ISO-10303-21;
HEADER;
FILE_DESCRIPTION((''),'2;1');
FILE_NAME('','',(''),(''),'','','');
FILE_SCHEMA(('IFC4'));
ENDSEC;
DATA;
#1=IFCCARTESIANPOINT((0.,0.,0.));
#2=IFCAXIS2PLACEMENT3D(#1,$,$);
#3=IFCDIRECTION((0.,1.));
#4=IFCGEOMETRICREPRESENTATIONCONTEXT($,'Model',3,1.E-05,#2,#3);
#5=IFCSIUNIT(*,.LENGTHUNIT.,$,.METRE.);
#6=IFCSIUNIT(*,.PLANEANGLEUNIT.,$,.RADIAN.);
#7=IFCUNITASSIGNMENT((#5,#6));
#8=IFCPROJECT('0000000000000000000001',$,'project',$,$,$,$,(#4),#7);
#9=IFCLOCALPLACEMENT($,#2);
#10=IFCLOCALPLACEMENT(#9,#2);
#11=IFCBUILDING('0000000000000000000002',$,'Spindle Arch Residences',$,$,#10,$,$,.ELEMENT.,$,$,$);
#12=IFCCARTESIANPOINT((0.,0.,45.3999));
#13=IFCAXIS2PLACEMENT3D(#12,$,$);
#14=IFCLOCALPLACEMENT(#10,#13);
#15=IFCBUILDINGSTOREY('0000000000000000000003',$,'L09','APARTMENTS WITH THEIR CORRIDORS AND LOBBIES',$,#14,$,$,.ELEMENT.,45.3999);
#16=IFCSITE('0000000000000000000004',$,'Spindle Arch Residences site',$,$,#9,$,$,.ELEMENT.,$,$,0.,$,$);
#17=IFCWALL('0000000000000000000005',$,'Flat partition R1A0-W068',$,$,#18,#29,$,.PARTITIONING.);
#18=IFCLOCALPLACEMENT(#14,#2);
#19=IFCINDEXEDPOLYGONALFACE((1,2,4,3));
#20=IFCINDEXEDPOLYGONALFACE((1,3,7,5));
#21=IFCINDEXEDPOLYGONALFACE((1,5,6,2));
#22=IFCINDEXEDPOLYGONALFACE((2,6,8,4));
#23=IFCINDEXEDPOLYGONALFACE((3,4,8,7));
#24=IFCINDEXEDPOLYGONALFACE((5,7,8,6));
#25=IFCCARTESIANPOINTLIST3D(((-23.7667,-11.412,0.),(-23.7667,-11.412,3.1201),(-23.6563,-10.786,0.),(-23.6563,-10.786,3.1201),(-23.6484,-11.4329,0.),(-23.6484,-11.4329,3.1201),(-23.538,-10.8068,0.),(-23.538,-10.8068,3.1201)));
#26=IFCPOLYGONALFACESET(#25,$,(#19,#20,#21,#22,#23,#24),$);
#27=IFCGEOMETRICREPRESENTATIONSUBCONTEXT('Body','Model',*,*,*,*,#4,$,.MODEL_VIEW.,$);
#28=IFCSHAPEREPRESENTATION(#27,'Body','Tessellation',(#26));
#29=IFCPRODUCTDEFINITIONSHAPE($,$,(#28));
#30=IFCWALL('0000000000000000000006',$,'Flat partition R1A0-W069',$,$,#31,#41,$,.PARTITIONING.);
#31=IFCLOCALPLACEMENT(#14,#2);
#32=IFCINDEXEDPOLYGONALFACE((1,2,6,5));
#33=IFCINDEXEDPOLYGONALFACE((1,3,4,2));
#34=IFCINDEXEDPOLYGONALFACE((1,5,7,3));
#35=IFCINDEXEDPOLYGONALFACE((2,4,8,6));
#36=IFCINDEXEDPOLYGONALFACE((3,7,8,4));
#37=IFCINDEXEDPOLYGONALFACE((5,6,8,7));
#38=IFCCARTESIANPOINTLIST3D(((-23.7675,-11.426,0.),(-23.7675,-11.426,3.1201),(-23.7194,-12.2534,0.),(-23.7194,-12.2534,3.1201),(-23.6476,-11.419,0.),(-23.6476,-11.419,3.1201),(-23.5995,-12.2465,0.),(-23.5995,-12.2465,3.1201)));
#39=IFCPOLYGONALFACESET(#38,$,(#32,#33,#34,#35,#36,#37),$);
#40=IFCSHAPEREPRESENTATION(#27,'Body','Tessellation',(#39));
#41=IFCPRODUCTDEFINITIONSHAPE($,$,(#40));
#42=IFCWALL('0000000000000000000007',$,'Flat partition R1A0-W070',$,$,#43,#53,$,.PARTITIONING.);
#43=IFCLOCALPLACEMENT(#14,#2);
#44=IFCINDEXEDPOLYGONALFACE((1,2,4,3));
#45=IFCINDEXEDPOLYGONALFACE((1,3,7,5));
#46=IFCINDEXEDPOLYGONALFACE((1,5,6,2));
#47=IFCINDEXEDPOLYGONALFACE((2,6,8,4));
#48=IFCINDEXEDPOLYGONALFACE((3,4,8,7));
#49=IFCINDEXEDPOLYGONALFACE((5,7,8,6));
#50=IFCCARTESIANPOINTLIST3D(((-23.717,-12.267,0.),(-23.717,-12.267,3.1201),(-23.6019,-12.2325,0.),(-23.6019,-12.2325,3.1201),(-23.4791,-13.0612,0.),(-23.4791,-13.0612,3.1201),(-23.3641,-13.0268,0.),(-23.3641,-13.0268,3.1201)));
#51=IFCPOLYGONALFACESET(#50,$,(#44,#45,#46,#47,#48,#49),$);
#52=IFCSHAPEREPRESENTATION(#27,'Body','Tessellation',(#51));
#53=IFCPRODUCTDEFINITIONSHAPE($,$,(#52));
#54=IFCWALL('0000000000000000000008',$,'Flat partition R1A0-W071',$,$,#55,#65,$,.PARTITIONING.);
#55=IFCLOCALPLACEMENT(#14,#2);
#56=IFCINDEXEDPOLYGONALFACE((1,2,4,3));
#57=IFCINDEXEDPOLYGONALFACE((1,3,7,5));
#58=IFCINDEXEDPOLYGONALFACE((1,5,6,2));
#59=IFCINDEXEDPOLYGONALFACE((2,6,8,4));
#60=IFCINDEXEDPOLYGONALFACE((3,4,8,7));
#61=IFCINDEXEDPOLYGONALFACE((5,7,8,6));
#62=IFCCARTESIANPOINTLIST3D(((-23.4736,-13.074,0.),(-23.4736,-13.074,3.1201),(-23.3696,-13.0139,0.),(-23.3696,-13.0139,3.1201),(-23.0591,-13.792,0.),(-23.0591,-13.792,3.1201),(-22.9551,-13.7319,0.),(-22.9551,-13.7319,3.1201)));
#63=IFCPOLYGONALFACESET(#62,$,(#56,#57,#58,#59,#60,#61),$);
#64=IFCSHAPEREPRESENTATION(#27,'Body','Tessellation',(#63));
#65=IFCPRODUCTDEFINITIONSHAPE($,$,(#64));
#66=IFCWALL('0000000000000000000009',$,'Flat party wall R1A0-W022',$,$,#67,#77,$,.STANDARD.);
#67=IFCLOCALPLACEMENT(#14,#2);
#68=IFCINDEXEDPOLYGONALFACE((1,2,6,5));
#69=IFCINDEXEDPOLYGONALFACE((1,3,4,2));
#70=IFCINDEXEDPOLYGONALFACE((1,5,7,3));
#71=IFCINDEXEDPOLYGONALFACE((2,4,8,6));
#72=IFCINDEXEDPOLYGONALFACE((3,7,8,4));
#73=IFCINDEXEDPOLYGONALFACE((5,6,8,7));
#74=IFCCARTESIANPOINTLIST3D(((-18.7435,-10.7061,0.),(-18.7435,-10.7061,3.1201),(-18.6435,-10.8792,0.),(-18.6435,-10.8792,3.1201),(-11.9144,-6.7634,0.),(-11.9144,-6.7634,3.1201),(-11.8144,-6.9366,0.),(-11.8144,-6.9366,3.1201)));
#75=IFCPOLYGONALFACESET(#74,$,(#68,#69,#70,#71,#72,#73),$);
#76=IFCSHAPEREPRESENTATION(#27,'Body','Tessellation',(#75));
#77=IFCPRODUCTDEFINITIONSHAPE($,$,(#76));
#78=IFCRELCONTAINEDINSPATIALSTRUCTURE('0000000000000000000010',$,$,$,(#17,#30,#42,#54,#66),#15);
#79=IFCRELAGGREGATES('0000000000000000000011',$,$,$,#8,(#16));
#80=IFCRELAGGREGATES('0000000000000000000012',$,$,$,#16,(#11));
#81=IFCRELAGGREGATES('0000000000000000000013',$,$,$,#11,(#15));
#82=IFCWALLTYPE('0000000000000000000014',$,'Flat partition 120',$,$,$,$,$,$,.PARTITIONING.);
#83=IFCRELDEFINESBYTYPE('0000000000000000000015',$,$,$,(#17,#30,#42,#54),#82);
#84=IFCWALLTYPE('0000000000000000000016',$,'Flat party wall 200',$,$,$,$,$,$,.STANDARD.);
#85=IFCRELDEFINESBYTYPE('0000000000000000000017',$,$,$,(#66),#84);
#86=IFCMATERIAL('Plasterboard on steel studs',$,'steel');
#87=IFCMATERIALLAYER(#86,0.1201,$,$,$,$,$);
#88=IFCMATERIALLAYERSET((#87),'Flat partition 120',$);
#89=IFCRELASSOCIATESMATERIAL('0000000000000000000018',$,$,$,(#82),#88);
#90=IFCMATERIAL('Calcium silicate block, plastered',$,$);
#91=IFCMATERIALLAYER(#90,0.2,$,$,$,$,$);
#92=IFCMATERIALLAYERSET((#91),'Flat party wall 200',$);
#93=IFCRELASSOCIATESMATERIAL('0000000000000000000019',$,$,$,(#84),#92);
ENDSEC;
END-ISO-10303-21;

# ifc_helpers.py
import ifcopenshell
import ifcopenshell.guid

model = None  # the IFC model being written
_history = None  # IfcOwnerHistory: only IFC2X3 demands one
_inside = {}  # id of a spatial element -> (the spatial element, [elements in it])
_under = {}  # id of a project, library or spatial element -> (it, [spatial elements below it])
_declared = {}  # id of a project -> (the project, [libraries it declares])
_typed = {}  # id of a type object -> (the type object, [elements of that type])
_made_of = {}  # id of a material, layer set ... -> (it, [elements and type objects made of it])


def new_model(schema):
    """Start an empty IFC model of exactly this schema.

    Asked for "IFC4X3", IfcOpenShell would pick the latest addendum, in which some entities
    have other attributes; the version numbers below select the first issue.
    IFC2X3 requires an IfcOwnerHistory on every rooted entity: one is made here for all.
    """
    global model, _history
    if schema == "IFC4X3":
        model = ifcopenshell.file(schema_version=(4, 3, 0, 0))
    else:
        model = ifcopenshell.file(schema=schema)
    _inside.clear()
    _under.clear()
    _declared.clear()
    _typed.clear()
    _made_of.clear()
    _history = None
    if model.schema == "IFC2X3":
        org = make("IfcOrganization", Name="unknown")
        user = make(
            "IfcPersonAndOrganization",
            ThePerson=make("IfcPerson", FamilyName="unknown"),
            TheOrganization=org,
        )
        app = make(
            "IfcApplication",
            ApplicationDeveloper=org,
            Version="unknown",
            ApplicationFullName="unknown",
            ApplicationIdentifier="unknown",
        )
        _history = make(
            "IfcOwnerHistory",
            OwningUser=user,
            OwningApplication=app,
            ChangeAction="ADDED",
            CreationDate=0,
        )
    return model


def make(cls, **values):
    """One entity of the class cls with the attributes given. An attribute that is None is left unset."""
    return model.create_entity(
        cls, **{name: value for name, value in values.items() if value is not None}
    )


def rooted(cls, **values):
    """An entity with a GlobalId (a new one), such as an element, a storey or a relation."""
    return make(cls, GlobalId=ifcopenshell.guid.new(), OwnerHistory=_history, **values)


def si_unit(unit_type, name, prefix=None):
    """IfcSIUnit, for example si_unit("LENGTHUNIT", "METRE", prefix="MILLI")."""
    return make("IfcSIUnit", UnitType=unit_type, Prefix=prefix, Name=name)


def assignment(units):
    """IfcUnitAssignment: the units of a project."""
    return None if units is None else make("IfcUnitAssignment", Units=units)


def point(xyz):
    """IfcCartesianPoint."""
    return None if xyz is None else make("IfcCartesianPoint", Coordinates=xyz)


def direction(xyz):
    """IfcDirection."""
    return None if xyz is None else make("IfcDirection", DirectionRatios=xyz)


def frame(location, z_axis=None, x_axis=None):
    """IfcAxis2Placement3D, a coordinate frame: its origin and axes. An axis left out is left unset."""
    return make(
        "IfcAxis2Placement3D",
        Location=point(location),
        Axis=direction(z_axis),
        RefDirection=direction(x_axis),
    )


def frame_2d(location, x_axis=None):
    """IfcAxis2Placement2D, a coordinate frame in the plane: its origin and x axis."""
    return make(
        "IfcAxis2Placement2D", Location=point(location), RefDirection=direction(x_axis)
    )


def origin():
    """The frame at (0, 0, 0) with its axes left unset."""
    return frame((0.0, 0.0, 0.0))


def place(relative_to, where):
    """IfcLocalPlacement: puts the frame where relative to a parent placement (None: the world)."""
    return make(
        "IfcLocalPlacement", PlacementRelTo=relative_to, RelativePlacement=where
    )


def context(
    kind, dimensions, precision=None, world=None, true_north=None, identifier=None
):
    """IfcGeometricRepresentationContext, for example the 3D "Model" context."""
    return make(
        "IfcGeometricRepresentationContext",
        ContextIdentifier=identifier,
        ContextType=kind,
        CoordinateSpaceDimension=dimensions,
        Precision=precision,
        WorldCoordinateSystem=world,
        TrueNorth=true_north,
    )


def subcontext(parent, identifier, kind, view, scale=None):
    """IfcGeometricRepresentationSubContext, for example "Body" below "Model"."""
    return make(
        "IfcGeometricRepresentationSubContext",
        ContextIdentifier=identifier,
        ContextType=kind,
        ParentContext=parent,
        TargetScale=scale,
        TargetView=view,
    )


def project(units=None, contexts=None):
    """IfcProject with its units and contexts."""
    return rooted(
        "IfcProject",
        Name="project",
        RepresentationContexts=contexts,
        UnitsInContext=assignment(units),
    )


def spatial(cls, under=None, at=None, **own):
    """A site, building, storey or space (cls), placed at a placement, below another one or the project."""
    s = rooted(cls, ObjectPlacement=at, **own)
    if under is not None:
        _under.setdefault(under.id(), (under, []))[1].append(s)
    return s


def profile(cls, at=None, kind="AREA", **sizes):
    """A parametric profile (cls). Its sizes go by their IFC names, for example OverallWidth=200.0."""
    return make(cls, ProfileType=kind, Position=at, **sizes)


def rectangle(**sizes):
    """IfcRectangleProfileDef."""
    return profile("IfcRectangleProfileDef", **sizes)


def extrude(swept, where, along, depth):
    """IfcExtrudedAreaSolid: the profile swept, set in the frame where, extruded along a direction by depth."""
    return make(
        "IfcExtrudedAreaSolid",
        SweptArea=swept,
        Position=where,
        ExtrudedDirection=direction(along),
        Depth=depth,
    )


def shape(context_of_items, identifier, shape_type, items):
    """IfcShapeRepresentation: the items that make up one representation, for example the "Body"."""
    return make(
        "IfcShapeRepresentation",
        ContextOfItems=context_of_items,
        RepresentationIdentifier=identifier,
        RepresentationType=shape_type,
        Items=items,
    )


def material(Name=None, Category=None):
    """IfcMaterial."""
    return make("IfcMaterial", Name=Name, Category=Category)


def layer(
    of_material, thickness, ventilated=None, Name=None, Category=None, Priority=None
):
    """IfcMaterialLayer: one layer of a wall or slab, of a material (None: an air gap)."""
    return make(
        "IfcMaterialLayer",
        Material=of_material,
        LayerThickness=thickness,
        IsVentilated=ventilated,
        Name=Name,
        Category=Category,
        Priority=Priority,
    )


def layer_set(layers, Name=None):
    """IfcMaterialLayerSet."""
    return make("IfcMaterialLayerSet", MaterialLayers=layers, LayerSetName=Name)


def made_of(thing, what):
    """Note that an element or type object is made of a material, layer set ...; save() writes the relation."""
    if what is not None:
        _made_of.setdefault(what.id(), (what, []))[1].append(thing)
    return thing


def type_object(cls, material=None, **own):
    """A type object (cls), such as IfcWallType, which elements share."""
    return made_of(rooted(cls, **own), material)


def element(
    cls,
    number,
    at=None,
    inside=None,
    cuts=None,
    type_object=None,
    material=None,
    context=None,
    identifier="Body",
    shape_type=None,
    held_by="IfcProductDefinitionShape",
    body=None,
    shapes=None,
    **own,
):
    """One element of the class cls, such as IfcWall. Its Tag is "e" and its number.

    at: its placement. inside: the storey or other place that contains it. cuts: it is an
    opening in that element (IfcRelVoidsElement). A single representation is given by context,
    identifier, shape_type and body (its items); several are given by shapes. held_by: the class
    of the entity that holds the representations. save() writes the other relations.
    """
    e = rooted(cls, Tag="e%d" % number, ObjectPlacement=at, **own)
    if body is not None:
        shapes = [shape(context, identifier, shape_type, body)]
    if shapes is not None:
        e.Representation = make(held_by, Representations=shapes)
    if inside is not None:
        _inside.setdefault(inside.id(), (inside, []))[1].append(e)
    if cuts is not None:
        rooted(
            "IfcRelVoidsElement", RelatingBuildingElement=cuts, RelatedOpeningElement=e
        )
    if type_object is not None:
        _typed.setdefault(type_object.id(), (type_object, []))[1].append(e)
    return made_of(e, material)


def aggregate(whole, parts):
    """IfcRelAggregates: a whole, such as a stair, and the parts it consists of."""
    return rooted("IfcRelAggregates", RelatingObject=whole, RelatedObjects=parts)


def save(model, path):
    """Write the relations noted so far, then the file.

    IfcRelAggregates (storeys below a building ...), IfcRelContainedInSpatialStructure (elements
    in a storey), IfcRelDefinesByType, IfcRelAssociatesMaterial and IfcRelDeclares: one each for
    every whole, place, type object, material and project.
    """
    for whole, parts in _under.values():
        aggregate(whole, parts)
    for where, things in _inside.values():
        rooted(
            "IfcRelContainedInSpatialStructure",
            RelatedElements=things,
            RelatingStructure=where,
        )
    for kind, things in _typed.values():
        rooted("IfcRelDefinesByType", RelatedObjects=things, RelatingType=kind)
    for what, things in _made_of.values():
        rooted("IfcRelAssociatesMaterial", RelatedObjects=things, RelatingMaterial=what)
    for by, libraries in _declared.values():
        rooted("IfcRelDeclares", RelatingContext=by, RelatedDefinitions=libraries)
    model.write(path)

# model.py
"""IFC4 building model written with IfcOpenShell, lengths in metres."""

from ifc_helpers import new_model, si_unit, direction, frame, frame_2d, origin, place, context, subcontext, project, spatial, rectangle, extrude, material, layer, layer_set, type_object, element, save


model = new_model("IFC4")

# Units and contexts
model_context = context("Model", 3, precision=1e-05, world=origin(), true_north=direction((0.0, 1.0)))
body_context = subcontext(model_context, "Body", "Model", "MODEL_VIEW")
ifc_project = project(units=[si_unit("LENGTHUNIT", "METRE"), si_unit("PLANEANGLEUNIT", "RADIAN")], contexts=[model_context])

# Site, building, storey
site_placement = place(None, origin())
site = spatial("IfcSite", under=ifc_project, at=site_placement, Name="Spindle Arch Residences site", CompositionType="ELEMENT", RefElevation=0.0)
building_placement = place(site_placement, origin())
building = spatial("IfcBuilding", under=site, at=building_placement, Name="Spindle Arch Residences", CompositionType="ELEMENT")
storey_placement = place(building_placement, frame((0.0, 0.0, 45.3999)))
storey = spatial("IfcBuildingStorey", under=building, at=storey_placement, Name="L09", Description="APARTMENTS WITH THEIR CORRIDORS AND LOBBIES", CompositionType="ELEMENT", Elevation=45.3999)

# Shared definitions
ifc_material_1 = material(Name="Plasterboard on steel studs", Category="steel")
ifc_layer_1 = layer(ifc_material_1, 0.1201)
ifc_layer_set_1 = layer_set([ifc_layer_1], Name="Flat partition 120")
wall_type_1 = type_object("IfcWallType", Name="Flat partition 120", PredefinedType="PARTITIONING", material=ifc_layer_set_1)

# Walls
wall_1_placement = place(storey_placement, frame((-23.5972, -10.7964, 0.0), z_axis=(0.0, 0.0, 1.0), x_axis=(-0.17361, -0.984814, 0.0)))
element("IfcWall", 1, at=wall_1_placement, inside=storey, type_object=wall_type_1, Name="Flat partition R1A0-W068", PredefinedType="PARTITIONING", context=body_context, shape_type="SweptSolid", body=[
    extrude(rectangle(XDim=0.6357, YDim=0.1201, at=frame_2d((0.3179, 0.0))), origin(), (0.0, 0.0, 1.0), 3.1201),
])
wall_2_placement = place(storey_placement, frame((-23.7075, -11.4224, 0.0), z_axis=(0.0, 0.0, 1.0), x_axis=(0.058031, -0.998315, 0.0)))
element("IfcWall", 2, at=wall_2_placement, inside=storey, type_object=wall_type_1, Name="Flat partition R1A0-W069", PredefinedType="PARTITIONING", context=body_context, shape_type="SweptSolid", body=[
    extrude(rectangle(XDim=0.8289, YDim=0.1201, at=frame_2d((0.4146, 0.0))), origin(), (0.0, 0.0, 1.0), 3.1201),
])
for number, where, z_axis, x_axis, name in (
    (3, (-23.6594, -12.2498, 0.0), (0.0, 0.0, 1.0), (0.286835, -0.95798, 0.0), "Flat partition R1A0-W070"),
    (4, (-23.4216, -13.0439, 0.0), (0.0, 0.0, 1.0), (0.500003, -0.866024, 0.0), "Flat partition R1A0-W071"),
):
    element("IfcWall", number, at=place(storey_placement, frame(where, z_axis=z_axis, x_axis=x_axis)), inside=storey, type_object=wall_type_1, Name=name, PredefinedType="PARTITIONING", context=body_context, shape_type="SweptSolid", body=[
        extrude(rectangle(XDim=0.8291, YDim=0.1201, at=frame_2d((0.4146, 0.0))), origin(), (0.0, 0.0, 1.0), 3.1201),
    ])
ifc_material_2 = material(Name="Calcium silicate block, plastered")
ifc_layer_2 = layer(ifc_material_2, 0.2)
ifc_layer_set_2 = layer_set([ifc_layer_2], Name="Flat party wall 200")
wall_type_2 = type_object("IfcWallType", Name="Flat party wall 200", PredefinedType="STANDARD", material=ifc_layer_set_2)
wall_3_placement = place(storey_placement, frame((-18.6936, -10.7927, 0.0), z_axis=(0.0, 0.0, 1.0), x_axis=(0.866034, 0.499985, 0.0)))
element("IfcWall", 5, at=wall_3_placement, inside=storey, type_object=wall_type_2, Name="Flat party wall R1A0-W022", PredefinedType="STANDARD", context=body_context, shape_type="SweptSolid", body=[
    extrude(rectangle(XDim=7.8855, YDim=0.2, at=frame_2d((3.9429, 0.0))), origin(), (0.0, 0.0, 1.0), 3.1201),
])

save(model, "model.ifc")
